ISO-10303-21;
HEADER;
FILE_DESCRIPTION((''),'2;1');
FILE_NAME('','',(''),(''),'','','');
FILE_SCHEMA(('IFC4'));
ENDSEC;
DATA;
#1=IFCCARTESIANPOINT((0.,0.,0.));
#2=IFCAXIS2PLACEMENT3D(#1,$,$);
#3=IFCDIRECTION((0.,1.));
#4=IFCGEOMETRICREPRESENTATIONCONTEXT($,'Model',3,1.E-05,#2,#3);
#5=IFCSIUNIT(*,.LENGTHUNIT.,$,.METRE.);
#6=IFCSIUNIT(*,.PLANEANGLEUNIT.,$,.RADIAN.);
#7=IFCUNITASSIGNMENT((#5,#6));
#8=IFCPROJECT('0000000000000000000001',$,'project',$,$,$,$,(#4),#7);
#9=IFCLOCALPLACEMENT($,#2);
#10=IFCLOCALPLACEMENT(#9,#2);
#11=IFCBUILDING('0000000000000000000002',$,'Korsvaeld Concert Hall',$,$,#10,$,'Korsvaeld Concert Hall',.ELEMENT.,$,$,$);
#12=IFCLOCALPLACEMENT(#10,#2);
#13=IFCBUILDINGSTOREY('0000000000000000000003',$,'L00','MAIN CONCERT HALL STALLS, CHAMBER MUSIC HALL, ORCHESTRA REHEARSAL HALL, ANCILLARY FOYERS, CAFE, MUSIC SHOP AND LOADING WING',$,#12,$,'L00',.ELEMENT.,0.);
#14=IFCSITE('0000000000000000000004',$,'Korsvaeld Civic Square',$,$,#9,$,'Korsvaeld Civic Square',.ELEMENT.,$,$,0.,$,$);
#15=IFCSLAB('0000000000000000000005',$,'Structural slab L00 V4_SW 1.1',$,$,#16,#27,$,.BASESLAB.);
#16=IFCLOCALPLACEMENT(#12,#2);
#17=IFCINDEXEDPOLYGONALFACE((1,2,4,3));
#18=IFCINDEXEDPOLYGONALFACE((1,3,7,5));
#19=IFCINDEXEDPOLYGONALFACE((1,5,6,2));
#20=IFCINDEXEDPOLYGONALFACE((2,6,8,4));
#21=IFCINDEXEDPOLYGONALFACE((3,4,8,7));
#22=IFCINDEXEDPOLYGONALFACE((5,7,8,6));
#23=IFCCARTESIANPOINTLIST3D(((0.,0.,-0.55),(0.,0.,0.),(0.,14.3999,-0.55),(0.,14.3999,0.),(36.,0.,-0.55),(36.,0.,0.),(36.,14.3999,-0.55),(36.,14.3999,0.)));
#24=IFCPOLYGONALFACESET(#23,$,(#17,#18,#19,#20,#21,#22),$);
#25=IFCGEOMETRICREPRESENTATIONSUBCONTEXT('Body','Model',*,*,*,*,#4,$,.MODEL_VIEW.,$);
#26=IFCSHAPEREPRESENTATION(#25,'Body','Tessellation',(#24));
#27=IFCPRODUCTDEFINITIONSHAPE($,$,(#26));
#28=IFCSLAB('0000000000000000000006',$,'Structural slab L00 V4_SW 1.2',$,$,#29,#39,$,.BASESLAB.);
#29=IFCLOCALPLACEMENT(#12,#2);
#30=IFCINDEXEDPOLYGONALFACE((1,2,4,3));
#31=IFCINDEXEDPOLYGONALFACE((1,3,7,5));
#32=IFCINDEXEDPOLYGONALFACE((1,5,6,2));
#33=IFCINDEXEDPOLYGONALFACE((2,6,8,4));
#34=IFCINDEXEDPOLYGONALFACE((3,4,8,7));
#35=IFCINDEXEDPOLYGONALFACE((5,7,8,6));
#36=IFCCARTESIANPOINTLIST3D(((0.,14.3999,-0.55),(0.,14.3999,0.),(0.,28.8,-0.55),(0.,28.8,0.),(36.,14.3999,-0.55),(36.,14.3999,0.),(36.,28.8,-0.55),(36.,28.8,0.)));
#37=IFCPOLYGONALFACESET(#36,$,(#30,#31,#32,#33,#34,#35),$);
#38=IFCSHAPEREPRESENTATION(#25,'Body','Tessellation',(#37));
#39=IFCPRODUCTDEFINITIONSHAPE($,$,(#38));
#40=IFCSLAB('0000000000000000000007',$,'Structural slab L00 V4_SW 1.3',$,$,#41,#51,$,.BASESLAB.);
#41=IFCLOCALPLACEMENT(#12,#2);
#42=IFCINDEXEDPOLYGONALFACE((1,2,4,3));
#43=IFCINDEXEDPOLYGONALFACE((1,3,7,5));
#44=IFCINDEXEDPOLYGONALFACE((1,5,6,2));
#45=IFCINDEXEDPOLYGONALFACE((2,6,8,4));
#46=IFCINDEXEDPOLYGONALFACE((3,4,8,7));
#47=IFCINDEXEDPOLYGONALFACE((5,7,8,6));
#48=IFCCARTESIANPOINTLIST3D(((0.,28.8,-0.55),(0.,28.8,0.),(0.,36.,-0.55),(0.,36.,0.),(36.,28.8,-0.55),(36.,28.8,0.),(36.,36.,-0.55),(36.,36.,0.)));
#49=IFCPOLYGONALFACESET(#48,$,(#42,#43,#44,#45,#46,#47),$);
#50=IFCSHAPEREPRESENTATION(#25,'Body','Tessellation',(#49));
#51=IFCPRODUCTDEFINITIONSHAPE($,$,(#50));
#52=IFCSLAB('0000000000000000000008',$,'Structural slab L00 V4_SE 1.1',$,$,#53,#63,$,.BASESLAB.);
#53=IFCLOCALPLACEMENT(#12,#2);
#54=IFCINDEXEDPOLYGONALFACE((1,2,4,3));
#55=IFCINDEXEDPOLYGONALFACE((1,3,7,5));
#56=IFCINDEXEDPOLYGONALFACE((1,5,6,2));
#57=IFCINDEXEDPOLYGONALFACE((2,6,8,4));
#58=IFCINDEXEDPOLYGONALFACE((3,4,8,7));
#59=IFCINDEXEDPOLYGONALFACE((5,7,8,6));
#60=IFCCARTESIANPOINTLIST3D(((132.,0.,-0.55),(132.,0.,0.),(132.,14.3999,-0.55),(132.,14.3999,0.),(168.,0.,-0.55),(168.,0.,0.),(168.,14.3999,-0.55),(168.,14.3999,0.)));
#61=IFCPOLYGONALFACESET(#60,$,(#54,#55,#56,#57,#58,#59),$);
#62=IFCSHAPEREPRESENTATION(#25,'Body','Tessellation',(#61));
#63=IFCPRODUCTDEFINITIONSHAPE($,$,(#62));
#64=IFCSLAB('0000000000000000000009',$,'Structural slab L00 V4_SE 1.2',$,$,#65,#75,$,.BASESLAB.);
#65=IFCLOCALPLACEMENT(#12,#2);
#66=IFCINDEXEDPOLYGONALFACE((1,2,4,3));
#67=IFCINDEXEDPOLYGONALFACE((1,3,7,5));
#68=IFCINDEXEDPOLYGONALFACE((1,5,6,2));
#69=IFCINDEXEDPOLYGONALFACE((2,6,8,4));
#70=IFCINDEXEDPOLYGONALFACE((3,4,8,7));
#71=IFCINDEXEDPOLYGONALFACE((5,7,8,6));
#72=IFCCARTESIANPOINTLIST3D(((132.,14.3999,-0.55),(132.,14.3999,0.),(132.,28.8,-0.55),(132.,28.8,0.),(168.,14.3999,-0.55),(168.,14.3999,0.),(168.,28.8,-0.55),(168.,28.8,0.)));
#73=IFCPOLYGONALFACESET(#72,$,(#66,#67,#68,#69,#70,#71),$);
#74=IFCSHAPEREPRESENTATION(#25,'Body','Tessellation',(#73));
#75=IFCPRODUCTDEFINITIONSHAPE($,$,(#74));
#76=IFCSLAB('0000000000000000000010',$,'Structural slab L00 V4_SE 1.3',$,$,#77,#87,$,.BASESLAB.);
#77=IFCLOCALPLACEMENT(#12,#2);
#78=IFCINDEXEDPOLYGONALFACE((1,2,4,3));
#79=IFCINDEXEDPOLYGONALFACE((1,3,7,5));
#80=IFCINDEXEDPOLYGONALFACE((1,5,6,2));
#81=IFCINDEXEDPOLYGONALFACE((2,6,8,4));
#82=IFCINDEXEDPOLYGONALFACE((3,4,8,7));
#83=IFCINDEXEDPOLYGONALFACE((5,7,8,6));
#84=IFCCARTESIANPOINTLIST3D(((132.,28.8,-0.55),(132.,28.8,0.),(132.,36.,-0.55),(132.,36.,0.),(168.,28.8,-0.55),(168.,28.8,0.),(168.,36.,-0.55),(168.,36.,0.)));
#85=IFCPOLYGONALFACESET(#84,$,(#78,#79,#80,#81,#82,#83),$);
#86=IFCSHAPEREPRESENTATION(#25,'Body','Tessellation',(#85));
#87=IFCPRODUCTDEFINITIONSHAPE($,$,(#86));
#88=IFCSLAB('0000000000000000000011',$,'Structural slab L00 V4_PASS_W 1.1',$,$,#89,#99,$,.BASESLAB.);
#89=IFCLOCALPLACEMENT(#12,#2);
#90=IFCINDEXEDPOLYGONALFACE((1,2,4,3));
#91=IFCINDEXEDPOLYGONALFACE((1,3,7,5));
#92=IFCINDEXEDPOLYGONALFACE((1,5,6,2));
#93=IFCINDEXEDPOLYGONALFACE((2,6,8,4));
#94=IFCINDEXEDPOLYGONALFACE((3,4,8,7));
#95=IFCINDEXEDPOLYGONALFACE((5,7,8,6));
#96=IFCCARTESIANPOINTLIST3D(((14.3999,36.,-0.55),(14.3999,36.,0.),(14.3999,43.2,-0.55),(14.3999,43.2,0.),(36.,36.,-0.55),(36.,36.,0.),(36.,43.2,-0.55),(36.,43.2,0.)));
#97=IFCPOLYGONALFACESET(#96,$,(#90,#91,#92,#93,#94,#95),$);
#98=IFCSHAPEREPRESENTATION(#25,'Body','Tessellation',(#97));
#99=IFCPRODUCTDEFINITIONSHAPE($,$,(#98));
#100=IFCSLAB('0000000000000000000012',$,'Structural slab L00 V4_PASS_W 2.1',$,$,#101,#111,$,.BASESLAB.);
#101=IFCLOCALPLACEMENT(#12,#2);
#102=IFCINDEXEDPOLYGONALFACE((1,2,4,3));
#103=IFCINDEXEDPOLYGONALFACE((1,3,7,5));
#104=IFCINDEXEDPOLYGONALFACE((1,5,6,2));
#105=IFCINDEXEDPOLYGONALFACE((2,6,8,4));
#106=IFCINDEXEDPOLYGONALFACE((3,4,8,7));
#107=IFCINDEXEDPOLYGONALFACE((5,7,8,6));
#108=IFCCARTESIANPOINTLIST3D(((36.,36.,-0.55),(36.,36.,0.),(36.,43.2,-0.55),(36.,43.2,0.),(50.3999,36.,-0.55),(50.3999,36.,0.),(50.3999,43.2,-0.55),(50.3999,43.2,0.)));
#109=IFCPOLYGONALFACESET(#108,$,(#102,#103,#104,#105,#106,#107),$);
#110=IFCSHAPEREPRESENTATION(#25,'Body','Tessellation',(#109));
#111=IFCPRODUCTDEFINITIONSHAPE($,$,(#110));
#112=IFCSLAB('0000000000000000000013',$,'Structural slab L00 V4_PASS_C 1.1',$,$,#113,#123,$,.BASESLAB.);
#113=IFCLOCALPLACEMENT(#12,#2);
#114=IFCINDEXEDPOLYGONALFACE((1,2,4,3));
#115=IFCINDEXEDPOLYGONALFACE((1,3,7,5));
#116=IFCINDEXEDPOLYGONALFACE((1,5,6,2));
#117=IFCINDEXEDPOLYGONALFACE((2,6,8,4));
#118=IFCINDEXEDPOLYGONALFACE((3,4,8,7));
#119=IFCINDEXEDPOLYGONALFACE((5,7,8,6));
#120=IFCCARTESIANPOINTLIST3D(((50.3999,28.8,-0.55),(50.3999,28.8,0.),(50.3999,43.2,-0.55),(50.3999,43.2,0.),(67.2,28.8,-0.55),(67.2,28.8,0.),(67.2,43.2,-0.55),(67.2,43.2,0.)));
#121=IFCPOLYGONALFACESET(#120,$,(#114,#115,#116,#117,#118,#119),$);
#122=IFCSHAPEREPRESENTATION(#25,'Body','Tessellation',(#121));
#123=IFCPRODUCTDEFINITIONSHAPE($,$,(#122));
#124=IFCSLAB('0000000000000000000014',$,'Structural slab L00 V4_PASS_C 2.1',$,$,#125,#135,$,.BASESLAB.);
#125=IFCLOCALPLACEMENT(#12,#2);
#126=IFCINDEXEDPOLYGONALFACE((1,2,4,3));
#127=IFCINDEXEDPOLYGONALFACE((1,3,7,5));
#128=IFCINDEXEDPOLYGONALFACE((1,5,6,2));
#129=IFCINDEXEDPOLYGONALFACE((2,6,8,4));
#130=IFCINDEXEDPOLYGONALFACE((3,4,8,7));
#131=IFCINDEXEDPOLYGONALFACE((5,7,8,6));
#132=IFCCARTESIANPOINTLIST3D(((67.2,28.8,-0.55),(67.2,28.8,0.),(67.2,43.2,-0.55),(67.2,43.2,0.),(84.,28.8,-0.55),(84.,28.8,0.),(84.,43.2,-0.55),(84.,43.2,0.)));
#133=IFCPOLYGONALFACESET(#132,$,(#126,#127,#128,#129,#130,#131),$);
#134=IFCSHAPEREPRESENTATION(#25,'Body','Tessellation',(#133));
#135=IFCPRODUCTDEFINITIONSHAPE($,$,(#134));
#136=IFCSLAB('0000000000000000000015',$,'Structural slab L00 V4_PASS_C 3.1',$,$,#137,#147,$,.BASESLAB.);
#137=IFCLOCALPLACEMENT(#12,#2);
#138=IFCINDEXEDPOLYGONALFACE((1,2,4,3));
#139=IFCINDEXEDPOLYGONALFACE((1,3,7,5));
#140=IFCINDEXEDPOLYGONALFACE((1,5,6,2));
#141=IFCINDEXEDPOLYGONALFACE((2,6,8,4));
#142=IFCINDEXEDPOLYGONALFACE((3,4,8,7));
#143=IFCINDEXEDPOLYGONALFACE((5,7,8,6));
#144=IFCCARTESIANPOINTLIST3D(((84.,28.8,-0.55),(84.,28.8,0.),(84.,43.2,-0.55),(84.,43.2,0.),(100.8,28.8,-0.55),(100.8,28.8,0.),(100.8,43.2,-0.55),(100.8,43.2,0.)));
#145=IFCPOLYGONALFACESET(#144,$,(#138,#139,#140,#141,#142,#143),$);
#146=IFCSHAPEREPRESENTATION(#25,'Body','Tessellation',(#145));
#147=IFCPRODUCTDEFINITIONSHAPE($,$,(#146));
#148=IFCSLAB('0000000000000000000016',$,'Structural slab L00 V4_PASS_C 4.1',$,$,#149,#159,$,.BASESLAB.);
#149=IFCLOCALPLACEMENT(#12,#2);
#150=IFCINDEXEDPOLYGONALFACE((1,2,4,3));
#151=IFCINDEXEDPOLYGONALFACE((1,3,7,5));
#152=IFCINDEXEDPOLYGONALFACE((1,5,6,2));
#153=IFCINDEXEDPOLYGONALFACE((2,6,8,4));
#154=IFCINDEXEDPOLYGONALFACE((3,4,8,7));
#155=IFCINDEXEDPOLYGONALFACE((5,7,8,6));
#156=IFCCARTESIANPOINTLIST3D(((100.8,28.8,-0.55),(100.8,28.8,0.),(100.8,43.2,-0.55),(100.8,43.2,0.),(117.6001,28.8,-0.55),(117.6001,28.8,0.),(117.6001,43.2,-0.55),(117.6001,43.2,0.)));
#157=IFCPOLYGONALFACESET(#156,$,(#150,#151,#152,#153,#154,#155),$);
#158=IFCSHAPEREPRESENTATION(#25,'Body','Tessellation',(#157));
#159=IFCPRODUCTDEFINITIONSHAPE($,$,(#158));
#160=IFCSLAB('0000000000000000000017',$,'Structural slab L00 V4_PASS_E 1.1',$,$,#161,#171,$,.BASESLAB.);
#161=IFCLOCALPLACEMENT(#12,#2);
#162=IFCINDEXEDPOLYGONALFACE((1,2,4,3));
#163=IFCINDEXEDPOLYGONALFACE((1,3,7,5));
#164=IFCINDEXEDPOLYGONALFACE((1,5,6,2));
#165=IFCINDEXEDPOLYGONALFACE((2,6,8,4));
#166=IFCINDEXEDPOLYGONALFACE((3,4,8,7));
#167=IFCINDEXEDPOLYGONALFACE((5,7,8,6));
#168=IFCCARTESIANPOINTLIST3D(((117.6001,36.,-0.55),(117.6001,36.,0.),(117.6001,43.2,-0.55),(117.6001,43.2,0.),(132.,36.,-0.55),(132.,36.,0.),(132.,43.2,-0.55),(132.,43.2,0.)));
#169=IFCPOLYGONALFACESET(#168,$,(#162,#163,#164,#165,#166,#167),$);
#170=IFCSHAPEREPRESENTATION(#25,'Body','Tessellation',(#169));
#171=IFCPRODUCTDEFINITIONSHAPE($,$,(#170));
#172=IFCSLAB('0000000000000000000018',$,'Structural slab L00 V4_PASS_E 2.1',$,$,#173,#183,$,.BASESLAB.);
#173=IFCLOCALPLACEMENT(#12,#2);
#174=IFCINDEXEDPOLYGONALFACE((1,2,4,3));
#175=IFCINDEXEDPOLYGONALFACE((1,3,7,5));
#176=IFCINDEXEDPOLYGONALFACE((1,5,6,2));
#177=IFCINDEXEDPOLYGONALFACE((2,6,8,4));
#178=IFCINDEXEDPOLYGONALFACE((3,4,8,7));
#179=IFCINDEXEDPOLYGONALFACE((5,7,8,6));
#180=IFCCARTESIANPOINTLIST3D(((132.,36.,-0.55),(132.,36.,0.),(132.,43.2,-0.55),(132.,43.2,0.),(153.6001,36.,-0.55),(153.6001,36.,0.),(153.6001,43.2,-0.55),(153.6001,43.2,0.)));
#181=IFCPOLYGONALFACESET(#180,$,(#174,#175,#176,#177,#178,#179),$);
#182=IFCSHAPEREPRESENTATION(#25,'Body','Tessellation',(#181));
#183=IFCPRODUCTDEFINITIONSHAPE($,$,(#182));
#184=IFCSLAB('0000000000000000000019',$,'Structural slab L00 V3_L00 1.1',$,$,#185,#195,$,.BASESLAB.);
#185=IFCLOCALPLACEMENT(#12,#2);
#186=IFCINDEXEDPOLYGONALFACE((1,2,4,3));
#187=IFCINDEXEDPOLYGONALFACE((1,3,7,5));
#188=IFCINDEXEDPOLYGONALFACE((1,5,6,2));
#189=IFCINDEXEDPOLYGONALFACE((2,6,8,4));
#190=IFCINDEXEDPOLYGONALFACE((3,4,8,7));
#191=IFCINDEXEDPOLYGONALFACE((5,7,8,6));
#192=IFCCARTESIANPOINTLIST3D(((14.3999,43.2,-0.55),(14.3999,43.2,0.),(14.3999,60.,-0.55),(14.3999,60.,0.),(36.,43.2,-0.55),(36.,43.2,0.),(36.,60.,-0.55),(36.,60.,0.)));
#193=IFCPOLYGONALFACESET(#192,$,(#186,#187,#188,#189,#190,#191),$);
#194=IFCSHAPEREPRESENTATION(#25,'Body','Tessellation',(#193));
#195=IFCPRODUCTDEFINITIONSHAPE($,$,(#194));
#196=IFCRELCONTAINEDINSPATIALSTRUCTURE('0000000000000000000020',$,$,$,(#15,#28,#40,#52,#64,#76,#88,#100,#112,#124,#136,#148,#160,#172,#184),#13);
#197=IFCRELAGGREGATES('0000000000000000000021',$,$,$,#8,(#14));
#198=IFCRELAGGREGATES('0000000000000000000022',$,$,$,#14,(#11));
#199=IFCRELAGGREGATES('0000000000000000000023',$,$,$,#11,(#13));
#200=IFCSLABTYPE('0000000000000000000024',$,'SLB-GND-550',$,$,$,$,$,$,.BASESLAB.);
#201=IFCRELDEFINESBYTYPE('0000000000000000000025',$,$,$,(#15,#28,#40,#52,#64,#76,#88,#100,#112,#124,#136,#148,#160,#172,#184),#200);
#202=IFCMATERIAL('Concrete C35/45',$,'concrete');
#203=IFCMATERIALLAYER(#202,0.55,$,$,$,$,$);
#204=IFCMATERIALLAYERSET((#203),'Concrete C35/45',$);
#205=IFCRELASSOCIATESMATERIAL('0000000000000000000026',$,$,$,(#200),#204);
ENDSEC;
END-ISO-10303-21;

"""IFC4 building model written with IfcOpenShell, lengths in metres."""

from ifc_helpers import new_model, si_unit, direction, frame, origin, place, context, subcontext, project, spatial, polyline, outline, extrude, material, layer, layer_set, type_object, element, save


model = new_model("IFC4")

# Units and contexts
model_context = context("Model", 3, precision=1e-05, world=origin(), true_north=direction((0.0, 1.0)))
body_context = subcontext(model_context, "Body", "Model", "MODEL_VIEW")
ifc_project = project(units=[si_unit("LENGTHUNIT", "METRE"), si_unit("PLANEANGLEUNIT", "RADIAN")], contexts=[model_context])

# Site, building, storey
site_placement = place(None, origin())
site = spatial("IfcSite", under=ifc_project, at=site_placement, Name="Korsvaeld Civic Square", LongName="Korsvaeld Civic Square", CompositionType="ELEMENT", RefElevation=0.0)
building_placement = place(site_placement, origin())
building = spatial("IfcBuilding", under=site, at=building_placement, Name="Korsvaeld Concert Hall", LongName="Korsvaeld Concert Hall", CompositionType="ELEMENT")
storey_placement = place(building_placement, origin())
storey = spatial("IfcBuildingStorey", under=building, at=storey_placement, Name="L00", Description="MAIN CONCERT HALL STALLS, CHAMBER MUSIC HALL, ORCHESTRA REHEARSAL HALL, ANCILLARY FOYERS, CAFE, MUSIC SHOP AND LOADING WING", LongName="L00", CompositionType="ELEMENT", Elevation=0.0)

# Slabs
ifc_material = material(Name="Concrete C35/45", Category="concrete")
ifc_layer = layer(ifc_material, 0.55)
ifc_layer_set = layer_set([ifc_layer], Name="Concrete C35/45")
slab_type = type_object("IfcSlabType", Name="SLB-GND-550", PredefinedType="BASESLAB", material=ifc_layer_set)
slab_1_placement = place(storey_placement, frame((0.0, 0.0, -0.55)))
element("IfcSlab", 1, at=slab_1_placement, inside=storey, type_object=slab_type, Name="Structural slab L00 V4_SW 1.1", PredefinedType="BASESLAB", context=body_context, shape_type="SweptSolid", body=[
    extrude(outline(polyline([(0.0, 0.0), (0.0, 14.3999), (36.0, 14.3999), (36.0, 0.0), (0.0, 0.0)])), origin(), (0.0, 0.0, 1.0), 0.55),
])
slab_2_placement = place(storey_placement, frame((0.0, 0.0, -0.55)))
element("IfcSlab", 2, at=slab_2_placement, inside=storey, type_object=slab_type, Name="Structural slab L00 V4_SW 1.2", PredefinedType="BASESLAB", context=body_context, shape_type="SweptSolid", body=[
    extrude(outline(polyline([(0.0, 14.3999), (0.0, 28.8), (36.0, 28.8), (36.0, 14.3999), (0.0, 14.3999)])), origin(), (0.0, 0.0, 1.0), 0.55),
])
slab_3_placement = place(storey_placement, frame((0.0, 0.0, -0.55)))
element("IfcSlab", 3, at=slab_3_placement, inside=storey, type_object=slab_type, Name="Structural slab L00 V4_SW 1.3", PredefinedType="BASESLAB", context=body_context, shape_type="SweptSolid", body=[
    extrude(outline(polyline([(0.0, 28.8), (0.0, 36.0), (36.0, 36.0), (36.0, 28.8), (0.0, 28.8)])), origin(), (0.0, 0.0, 1.0), 0.55),
])
slab_4_placement = place(storey_placement, frame((0.0, 0.0, -0.55)))
element("IfcSlab", 4, at=slab_4_placement, inside=storey, type_object=slab_type, Name="Structural slab L00 V4_SE 1.1", PredefinedType="BASESLAB", context=body_context, shape_type="SweptSolid", body=[
    extrude(outline(polyline([(132.0, 0.0), (132.0, 14.3999), (168.0, 14.3999), (168.0, 0.0), (132.0, 0.0)])), origin(), (0.0, 0.0, 1.0), 0.55),
])
slab_5_placement = place(storey_placement, frame((0.0, 0.0, -0.55)))
element("IfcSlab", 5, at=slab_5_placement, inside=storey, type_object=slab_type, Name="Structural slab L00 V4_SE 1.2", PredefinedType="BASESLAB", context=body_context, shape_type="SweptSolid", body=[
    extrude(outline(polyline([(132.0, 14.3999), (132.0, 28.8), (168.0, 28.8), (168.0, 14.3999), (132.0, 14.3999)])), origin(), (0.0, 0.0, 1.0), 0.55),
])
slab_6_placement = place(storey_placement, frame((0.0, 0.0, -0.55)))
element("IfcSlab", 6, at=slab_6_placement, inside=storey, type_object=slab_type, Name="Structural slab L00 V4_SE 1.3", PredefinedType="BASESLAB", context=body_context, shape_type="SweptSolid", body=[
    extrude(outline(polyline([(132.0, 28.8), (132.0, 36.0), (168.0, 36.0), (168.0, 28.8), (132.0, 28.8)])), origin(), (0.0, 0.0, 1.0), 0.55),
])
slab_7_placement = place(storey_placement, frame((0.0, 0.0, -0.55)))
element("IfcSlab", 7, at=slab_7_placement, inside=storey, type_object=slab_type, Name="Structural slab L00 V4_PASS_W 1.1", PredefinedType="BASESLAB", context=body_context, shape_type="SweptSolid", body=[
    extrude(outline(polyline([(14.3999, 36.0), (14.3999, 43.2), (36.0, 43.2), (36.0, 36.0), (14.3999, 36.0)])), origin(), (0.0, 0.0, 1.0), 0.55),
])
slab_8_placement = place(storey_placement, frame((0.0, 0.0, -0.55)))
element("IfcSlab", 8, at=slab_8_placement, inside=storey, type_object=slab_type, Name="Structural slab L00 V4_PASS_W 2.1", PredefinedType="BASESLAB", context=body_context, shape_type="SweptSolid", body=[
    extrude(outline(polyline([(36.0, 36.0), (36.0, 43.2), (50.3999, 43.2), (50.3999, 36.0), (36.0, 36.0)])), origin(), (0.0, 0.0, 1.0), 0.55),
])
slab_9_placement = place(storey_placement, frame((0.0, 0.0, -0.55)))
element("IfcSlab", 9, at=slab_9_placement, inside=storey, type_object=slab_type, Name="Structural slab L00 V4_PASS_C 1.1", PredefinedType="BASESLAB", context=body_context, shape_type="SweptSolid", body=[
    extrude(outline(polyline([(50.3999, 28.8), (50.3999, 43.2), (67.2, 43.2), (67.2, 28.8), (50.3999, 28.8)])), origin(), (0.0, 0.0, 1.0), 0.55),
])
slab_10_placement = place(storey_placement, frame((0.0, 0.0, -0.55)))
element("IfcSlab", 10, at=slab_10_placement, inside=storey, type_object=slab_type, Name="Structural slab L00 V4_PASS_C 2.1", PredefinedType="BASESLAB", context=body_context, shape_type="SweptSolid", body=[
    extrude(outline(polyline([(67.2, 28.8), (67.2, 43.2), (84.0, 43.2), (84.0, 28.8), (67.2, 28.8)])), origin(), (0.0, 0.0, 1.0), 0.55),
])
slab_11_placement = place(storey_placement, frame((0.0, 0.0, -0.55)))
element("IfcSlab", 11, at=slab_11_placement, inside=storey, type_object=slab_type, Name="Structural slab L00 V4_PASS_C 3.1", PredefinedType="BASESLAB", context=body_context, shape_type="SweptSolid", body=[
    extrude(outline(polyline([(84.0, 28.8), (84.0, 43.2), (100.8, 43.2), (100.8, 28.8), (84.0, 28.8)])), origin(), (0.0, 0.0, 1.0), 0.55),
])
slab_12_placement = place(storey_placement, frame((0.0, 0.0, -0.55)))
element("IfcSlab", 12, at=slab_12_placement, inside=storey, type_object=slab_type, Name="Structural slab L00 V4_PASS_C 4.1", PredefinedType="BASESLAB", context=body_context, shape_type="SweptSolid", body=[
    extrude(outline(polyline([(100.8, 28.8), (100.8, 43.2), (117.6001, 43.2), (117.6001, 28.8), (100.8, 28.8)])), origin(), (0.0, 0.0, 1.0), 0.55),
])
slab_13_placement = place(storey_placement, frame((0.0, 0.0, -0.55)))
element("IfcSlab", 13, at=slab_13_placement, inside=storey, type_object=slab_type, Name="Structural slab L00 V4_PASS_E 1.1", PredefinedType="BASESLAB", context=body_context, shape_type="SweptSolid", body=[
    extrude(outline(polyline([(117.6001, 36.0), (117.6001, 43.2), (132.0, 43.2), (132.0, 36.0), (117.6001, 36.0)])), origin(), (0.0, 0.0, 1.0), 0.55),
])
slab_14_placement = place(storey_placement, frame((0.0, 0.0, -0.55)))
element("IfcSlab", 14, at=slab_14_placement, inside=storey, type_object=slab_type, Name="Structural slab L00 V4_PASS_E 2.1", PredefinedType="BASESLAB", context=body_context, shape_type="SweptSolid", body=[
    extrude(outline(polyline([(132.0, 36.0), (132.0, 43.2), (153.6001, 43.2), (153.6001, 36.0), (132.0, 36.0)])), origin(), (0.0, 0.0, 1.0), 0.55),
])
slab_15_placement = place(storey_placement, frame((0.0, 0.0, -0.55)))
element("IfcSlab", 15, at=slab_15_placement, inside=storey, type_object=slab_type, Name="Structural slab L00 V3_L00 1.1", PredefinedType="BASESLAB", context=body_context, shape_type="SweptSolid", body=[
    extrude(outline(polyline([(14.3999, 43.2), (14.3999, 60.0), (36.0, 60.0), (36.0, 43.2), (14.3999, 43.2)])), origin(), (0.0, 0.0, 1.0), 0.55),
])

save(model, "model.ifc")
